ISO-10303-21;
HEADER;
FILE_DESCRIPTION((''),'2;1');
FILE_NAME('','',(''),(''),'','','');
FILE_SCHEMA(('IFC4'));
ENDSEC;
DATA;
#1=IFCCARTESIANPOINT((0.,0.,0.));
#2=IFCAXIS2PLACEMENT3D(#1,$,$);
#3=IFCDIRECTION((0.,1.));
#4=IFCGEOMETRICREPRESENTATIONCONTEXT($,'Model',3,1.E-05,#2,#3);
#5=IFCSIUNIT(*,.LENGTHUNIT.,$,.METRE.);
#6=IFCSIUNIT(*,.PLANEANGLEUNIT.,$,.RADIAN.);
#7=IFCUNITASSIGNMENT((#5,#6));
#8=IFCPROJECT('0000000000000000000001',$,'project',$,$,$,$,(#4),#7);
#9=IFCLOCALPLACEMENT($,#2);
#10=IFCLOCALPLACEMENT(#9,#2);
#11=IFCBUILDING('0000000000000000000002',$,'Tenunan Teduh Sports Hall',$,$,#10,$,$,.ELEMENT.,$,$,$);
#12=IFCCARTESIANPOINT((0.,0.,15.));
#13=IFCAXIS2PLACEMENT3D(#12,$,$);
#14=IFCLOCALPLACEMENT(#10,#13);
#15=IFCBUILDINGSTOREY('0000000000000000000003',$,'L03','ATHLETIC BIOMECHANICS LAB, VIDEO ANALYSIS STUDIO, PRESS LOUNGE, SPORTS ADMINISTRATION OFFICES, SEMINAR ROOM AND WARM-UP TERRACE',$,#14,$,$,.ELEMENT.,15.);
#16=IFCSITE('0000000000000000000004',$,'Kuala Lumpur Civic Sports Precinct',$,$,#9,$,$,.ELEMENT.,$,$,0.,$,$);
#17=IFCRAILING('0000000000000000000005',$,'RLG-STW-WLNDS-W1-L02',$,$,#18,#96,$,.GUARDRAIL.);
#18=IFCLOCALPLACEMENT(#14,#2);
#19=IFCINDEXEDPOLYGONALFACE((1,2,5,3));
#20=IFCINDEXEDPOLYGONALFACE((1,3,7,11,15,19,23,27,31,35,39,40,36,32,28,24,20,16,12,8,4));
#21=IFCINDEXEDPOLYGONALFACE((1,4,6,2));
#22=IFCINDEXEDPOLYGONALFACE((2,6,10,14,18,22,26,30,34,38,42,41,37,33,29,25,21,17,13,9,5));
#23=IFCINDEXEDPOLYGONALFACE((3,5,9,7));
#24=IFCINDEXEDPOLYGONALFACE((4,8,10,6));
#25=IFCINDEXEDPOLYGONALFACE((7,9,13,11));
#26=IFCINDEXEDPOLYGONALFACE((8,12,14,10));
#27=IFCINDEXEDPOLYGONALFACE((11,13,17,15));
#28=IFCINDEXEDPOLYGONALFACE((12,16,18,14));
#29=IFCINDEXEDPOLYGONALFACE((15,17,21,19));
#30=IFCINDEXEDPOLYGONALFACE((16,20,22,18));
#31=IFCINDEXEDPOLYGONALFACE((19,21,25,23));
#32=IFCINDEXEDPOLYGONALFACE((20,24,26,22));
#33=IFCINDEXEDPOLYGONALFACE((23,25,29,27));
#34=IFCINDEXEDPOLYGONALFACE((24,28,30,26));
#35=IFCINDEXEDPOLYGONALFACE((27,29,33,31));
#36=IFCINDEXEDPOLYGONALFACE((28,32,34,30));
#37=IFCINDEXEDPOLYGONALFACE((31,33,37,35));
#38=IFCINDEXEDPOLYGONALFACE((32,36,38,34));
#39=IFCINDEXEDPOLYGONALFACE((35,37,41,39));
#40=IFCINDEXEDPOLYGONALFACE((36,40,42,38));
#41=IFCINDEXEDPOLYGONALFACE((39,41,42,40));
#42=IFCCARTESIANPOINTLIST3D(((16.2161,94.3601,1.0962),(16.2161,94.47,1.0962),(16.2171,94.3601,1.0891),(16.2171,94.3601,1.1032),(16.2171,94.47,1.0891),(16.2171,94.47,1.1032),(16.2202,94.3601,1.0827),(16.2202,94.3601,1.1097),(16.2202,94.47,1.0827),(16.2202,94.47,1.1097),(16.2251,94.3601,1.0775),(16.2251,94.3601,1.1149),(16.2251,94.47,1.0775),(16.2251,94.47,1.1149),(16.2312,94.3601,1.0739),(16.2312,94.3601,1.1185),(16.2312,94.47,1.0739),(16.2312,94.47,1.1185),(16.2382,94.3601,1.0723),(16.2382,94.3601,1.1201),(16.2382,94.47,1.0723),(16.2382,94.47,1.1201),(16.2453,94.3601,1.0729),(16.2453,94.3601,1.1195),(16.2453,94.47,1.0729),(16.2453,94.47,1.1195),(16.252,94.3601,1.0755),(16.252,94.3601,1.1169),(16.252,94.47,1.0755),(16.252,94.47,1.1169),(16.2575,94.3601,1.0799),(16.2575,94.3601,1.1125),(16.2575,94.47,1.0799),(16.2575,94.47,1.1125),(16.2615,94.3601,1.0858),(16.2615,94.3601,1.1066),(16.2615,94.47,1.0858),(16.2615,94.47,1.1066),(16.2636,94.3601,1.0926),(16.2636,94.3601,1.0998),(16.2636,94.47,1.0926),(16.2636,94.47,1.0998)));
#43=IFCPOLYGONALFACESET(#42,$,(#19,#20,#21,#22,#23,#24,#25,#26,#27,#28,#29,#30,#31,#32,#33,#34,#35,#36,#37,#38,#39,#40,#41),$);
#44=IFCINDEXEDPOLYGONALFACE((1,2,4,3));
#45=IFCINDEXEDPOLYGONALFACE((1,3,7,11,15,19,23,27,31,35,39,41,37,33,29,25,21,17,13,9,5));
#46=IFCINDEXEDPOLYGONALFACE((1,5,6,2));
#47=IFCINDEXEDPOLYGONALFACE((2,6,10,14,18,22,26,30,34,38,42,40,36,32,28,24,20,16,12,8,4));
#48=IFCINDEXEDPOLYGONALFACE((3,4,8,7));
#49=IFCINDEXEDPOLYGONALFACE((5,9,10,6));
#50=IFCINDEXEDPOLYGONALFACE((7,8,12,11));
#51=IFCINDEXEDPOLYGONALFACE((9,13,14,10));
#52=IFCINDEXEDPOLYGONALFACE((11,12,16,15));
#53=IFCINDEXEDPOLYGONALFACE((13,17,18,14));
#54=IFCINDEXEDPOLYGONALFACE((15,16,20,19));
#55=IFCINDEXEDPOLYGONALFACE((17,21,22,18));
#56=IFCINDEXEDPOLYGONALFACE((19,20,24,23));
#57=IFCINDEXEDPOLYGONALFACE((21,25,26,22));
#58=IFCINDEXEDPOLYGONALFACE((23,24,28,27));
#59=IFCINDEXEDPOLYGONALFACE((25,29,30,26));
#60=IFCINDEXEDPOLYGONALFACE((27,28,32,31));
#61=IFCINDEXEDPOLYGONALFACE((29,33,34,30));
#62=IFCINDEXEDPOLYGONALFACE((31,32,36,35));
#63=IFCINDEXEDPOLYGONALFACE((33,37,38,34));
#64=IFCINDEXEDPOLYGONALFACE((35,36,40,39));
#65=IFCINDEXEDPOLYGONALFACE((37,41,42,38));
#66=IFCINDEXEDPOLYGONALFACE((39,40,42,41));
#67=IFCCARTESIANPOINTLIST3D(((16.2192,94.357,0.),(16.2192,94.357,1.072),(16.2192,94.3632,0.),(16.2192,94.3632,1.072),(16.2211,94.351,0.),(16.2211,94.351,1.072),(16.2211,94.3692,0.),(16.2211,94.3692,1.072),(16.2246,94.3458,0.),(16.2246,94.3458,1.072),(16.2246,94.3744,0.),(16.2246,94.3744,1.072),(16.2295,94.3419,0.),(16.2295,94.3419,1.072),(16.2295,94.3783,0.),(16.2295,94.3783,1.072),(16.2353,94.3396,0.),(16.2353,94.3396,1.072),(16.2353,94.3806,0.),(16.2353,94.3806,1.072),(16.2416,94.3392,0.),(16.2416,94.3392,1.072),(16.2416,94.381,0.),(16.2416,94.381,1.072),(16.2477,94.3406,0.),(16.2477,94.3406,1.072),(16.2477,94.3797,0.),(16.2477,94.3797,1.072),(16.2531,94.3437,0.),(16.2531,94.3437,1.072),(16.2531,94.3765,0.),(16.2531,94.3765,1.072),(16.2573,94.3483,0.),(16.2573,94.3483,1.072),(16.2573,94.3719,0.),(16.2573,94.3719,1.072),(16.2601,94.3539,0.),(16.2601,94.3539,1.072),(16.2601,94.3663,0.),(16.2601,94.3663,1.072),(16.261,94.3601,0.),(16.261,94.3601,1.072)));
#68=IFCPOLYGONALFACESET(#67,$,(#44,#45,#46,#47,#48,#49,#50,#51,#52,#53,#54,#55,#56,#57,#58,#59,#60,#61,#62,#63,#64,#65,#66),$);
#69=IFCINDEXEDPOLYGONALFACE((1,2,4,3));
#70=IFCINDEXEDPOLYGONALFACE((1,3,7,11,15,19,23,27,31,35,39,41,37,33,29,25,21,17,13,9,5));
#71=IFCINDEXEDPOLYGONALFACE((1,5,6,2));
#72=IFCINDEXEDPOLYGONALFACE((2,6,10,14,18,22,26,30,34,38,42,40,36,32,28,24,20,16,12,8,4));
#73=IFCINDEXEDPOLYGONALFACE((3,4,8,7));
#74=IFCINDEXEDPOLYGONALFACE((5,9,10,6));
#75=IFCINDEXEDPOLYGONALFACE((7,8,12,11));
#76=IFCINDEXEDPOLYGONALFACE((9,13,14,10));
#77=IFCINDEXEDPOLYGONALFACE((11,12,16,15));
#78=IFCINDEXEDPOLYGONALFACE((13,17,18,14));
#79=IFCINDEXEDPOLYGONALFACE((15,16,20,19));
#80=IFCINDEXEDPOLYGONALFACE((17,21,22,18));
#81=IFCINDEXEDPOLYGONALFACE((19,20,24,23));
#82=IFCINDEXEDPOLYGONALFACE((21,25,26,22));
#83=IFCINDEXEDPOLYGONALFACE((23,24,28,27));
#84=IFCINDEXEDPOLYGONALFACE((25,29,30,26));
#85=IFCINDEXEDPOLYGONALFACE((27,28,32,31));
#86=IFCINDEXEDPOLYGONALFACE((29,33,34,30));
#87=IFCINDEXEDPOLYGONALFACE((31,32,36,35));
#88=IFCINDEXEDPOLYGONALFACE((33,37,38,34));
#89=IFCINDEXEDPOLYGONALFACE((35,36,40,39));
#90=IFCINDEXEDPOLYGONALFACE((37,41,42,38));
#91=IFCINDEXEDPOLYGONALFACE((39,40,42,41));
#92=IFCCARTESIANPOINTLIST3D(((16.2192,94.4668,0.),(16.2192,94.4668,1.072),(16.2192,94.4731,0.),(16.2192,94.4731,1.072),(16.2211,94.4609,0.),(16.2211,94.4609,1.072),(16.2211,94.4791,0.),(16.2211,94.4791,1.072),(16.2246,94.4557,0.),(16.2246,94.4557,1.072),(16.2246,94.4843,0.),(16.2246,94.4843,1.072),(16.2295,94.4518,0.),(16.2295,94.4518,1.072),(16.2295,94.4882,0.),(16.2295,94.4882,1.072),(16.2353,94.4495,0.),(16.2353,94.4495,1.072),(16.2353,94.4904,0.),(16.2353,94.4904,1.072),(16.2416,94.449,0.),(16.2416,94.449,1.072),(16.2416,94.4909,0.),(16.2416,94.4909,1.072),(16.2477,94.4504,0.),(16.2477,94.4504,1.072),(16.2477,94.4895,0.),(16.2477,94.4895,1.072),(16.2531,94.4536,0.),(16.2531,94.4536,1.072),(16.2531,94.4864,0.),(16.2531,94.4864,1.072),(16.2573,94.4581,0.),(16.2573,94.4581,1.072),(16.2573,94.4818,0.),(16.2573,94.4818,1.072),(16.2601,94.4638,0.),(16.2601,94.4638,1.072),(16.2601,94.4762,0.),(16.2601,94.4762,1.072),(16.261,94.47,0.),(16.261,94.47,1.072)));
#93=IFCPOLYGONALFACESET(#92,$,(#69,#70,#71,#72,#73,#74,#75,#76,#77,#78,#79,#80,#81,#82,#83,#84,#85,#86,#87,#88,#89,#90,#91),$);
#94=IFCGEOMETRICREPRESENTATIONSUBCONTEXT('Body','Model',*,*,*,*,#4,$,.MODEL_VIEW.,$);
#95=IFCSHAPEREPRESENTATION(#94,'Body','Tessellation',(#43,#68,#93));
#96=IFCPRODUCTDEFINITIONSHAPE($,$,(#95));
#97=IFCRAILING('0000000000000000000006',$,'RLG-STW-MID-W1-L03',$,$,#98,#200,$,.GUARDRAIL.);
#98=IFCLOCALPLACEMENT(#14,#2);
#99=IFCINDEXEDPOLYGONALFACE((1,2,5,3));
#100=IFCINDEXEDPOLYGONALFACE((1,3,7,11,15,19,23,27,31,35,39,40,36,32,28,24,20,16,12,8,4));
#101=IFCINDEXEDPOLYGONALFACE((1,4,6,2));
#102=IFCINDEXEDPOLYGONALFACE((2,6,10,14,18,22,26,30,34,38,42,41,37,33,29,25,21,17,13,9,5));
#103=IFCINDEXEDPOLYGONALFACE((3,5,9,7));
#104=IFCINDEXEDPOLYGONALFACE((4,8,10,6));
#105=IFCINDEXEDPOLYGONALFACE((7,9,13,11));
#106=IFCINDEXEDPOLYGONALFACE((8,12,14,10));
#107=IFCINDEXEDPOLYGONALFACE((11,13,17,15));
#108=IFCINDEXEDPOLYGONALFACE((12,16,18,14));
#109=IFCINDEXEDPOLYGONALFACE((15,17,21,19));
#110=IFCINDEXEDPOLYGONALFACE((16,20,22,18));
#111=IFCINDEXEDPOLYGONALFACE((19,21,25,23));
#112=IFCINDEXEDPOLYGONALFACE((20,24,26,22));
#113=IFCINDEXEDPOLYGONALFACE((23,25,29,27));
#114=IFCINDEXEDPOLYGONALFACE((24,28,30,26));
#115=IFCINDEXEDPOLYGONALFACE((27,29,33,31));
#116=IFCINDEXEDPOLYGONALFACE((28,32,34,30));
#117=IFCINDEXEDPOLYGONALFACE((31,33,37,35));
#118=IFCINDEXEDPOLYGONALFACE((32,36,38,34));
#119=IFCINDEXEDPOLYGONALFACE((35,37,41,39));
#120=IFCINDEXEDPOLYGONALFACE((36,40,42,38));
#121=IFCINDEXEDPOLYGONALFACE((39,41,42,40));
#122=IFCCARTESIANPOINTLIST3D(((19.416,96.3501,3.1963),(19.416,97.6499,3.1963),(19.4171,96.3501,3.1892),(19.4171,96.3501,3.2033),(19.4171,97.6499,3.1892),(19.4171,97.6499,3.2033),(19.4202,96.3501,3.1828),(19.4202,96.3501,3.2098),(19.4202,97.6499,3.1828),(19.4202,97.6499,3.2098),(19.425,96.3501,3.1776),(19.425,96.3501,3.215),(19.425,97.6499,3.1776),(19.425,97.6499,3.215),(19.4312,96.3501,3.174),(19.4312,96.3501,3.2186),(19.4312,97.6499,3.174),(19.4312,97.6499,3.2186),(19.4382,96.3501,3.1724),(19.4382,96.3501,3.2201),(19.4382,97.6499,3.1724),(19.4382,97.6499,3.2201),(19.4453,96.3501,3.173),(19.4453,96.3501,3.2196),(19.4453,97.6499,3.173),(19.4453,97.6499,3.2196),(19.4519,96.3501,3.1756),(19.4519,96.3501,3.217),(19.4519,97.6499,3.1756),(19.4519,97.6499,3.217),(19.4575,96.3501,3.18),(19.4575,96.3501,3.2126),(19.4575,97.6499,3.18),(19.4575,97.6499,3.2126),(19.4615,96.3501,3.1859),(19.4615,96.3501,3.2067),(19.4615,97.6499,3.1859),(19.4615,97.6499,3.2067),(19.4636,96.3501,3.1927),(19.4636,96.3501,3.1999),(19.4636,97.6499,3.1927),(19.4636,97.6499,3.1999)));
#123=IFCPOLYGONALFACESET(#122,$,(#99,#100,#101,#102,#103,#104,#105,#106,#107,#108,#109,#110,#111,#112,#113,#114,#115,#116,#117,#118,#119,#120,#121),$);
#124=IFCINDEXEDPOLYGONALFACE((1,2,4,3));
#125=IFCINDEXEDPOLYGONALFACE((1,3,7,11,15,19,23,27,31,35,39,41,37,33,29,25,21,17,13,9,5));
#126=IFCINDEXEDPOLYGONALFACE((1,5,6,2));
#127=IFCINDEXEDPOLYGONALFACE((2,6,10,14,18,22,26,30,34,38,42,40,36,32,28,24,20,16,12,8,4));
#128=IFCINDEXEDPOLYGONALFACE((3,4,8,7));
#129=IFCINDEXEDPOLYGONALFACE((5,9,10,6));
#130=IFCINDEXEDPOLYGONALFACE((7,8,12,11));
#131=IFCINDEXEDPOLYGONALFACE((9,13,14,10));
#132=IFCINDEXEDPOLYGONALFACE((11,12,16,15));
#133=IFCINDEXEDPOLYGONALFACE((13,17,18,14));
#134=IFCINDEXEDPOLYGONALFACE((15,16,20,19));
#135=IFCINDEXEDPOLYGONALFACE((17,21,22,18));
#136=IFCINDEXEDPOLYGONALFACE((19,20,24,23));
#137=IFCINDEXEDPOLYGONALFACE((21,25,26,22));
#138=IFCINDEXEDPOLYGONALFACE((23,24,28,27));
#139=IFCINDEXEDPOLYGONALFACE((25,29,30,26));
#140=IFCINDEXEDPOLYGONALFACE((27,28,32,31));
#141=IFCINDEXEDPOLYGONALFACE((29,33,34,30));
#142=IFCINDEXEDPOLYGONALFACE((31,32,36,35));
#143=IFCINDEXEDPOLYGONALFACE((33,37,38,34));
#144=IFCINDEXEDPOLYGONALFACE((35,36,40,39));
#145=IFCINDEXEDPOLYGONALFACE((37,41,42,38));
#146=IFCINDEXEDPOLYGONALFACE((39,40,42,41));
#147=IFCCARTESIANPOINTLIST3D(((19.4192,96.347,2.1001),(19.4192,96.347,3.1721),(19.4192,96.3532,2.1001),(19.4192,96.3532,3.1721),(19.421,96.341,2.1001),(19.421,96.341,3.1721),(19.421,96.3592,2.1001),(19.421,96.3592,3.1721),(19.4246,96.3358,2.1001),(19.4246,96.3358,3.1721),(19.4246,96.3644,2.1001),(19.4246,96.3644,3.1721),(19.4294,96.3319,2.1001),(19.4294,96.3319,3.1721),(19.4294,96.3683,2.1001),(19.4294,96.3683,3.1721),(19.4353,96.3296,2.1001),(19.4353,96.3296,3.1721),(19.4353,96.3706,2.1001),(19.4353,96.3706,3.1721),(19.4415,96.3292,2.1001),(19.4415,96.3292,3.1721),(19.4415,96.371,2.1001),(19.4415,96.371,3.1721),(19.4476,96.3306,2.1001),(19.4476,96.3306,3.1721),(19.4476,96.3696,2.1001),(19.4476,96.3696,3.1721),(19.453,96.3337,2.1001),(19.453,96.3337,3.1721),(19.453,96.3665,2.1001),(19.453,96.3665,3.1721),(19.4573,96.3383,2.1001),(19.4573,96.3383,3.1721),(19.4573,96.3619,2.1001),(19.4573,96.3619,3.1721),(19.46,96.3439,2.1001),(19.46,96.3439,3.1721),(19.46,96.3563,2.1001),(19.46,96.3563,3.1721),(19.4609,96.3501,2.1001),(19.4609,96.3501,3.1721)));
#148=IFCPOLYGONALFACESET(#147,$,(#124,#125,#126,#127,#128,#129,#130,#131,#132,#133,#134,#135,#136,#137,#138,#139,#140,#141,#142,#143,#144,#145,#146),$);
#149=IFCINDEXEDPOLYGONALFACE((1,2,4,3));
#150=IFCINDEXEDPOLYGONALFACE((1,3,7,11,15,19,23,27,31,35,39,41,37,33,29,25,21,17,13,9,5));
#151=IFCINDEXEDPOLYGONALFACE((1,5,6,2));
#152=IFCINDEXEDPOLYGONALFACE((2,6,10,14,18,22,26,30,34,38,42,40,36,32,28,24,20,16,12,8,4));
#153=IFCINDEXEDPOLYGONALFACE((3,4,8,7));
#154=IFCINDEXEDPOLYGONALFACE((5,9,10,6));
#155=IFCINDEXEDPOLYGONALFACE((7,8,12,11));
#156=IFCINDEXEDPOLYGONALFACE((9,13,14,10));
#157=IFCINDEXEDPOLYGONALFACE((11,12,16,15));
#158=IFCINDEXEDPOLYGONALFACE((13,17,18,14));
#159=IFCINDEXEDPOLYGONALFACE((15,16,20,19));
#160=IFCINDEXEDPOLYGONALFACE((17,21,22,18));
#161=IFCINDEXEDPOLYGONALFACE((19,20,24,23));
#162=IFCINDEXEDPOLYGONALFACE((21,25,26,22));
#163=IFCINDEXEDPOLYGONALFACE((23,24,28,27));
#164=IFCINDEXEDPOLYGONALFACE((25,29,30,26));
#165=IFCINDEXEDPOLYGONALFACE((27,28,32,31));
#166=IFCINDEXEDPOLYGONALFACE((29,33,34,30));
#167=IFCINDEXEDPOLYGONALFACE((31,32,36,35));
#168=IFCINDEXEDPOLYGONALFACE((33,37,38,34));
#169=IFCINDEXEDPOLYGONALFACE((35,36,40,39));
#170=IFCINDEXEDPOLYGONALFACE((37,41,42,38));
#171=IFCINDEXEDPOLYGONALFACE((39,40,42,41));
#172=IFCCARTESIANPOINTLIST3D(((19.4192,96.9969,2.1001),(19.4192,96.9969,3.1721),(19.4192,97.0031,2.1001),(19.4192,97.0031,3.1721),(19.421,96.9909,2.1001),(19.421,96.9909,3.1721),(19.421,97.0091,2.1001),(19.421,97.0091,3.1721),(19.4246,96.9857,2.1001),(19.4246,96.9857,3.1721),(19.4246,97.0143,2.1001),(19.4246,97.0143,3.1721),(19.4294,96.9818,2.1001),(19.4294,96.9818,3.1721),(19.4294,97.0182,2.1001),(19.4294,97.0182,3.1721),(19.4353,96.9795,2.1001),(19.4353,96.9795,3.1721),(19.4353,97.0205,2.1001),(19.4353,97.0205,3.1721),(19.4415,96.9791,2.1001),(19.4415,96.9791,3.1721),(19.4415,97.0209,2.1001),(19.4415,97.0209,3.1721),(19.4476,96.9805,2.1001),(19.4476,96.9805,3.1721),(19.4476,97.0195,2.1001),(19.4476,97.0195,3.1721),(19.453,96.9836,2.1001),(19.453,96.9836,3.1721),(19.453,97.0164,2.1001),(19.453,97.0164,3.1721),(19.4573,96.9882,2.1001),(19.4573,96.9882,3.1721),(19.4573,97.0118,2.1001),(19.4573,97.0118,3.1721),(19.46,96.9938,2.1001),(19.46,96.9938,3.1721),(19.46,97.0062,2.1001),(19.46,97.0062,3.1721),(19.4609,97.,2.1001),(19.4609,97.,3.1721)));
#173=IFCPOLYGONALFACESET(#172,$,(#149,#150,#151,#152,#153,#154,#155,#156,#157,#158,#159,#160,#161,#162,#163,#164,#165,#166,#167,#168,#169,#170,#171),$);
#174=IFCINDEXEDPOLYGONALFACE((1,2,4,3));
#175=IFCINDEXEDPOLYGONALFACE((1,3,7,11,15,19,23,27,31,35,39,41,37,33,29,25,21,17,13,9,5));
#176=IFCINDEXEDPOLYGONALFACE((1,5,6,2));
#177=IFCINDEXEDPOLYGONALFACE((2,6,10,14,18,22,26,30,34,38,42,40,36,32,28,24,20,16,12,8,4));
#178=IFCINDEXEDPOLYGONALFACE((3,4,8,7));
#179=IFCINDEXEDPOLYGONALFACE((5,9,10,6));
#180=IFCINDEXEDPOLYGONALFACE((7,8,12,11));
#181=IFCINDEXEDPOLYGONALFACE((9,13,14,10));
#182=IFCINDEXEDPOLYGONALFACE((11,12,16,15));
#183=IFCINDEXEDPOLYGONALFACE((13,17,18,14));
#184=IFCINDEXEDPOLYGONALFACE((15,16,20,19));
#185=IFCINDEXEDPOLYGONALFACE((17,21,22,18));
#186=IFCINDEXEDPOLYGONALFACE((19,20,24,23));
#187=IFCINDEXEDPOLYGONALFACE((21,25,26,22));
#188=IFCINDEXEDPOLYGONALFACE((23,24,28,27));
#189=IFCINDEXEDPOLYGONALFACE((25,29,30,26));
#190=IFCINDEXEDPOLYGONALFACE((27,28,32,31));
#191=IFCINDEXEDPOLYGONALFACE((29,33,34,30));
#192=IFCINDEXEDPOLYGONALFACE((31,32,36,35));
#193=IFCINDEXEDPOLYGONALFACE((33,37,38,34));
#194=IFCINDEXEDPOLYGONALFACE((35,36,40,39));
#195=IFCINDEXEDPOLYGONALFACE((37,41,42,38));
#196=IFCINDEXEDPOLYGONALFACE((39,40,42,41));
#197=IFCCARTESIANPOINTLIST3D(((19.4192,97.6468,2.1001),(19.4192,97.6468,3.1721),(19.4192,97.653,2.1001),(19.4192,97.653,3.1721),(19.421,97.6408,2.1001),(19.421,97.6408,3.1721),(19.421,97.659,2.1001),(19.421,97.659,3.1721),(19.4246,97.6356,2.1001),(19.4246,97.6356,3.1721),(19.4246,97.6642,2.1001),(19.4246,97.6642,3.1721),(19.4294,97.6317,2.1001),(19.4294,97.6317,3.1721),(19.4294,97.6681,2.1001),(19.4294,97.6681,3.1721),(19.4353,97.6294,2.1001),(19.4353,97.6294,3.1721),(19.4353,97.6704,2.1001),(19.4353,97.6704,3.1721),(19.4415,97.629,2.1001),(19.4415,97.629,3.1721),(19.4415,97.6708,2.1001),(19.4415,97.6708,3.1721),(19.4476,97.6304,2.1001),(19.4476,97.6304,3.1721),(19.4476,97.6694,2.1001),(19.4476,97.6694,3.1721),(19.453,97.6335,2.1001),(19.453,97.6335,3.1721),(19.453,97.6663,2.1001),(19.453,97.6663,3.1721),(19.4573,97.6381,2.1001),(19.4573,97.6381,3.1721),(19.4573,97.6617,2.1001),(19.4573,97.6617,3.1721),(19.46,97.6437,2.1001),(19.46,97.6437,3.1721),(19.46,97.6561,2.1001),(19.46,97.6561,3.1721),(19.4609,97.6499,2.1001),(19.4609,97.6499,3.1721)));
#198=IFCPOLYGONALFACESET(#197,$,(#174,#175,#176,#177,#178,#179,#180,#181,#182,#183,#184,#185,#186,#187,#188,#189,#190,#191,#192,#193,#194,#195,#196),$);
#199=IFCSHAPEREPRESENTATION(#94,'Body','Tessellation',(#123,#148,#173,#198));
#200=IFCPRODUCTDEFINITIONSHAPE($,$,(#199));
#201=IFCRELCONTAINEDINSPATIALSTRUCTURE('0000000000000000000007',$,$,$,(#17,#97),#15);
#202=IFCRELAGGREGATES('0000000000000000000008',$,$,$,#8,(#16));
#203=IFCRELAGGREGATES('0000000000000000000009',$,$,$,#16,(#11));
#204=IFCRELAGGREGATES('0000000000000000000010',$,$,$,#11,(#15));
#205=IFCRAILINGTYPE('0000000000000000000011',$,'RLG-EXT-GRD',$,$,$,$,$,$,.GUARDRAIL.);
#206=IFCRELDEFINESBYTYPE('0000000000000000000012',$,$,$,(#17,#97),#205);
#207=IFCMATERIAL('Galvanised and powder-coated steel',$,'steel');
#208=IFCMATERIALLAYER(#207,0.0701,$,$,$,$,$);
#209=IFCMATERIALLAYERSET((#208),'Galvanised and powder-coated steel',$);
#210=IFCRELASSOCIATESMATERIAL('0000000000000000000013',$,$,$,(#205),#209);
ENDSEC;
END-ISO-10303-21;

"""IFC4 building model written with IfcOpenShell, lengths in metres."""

from ifc_helpers import new_model, si_unit, direction, frame, origin, origin_2d, place, context, subcontext, project, spatial, circle, extrude, material, layer, layer_set, type_object, element, save


model = new_model("IFC4")

# Units and contexts
model_context = context("Model", 3, precision=1e-05, world=origin(), true_north=direction((0.0, 1.0)))
body_context = subcontext(model_context, "Body", "Model", "MODEL_VIEW")
ifc_project = project(units=[si_unit("LENGTHUNIT", "METRE"), si_unit("PLANEANGLEUNIT", "RADIAN")], contexts=[model_context])

# Site, building, storey
site_placement = place(None, origin())
site = spatial("IfcSite", under=ifc_project, at=site_placement, Name="Kuala Lumpur Civic Sports Precinct", CompositionType="ELEMENT", RefElevation=0.0)
building_placement = place(site_placement, origin())
building = spatial("IfcBuilding", under=site, at=building_placement, Name="Tenunan Teduh Sports Hall", CompositionType="ELEMENT")
storey_placement = place(building_placement, frame((0.0, 0.0, 15.0)))
storey = spatial("IfcBuildingStorey", under=building, at=storey_placement, Name="L03", Description="ATHLETIC BIOMECHANICS LAB, VIDEO ANALYSIS STUDIO, PRESS LOUNGE, SPORTS ADMINISTRATION OFFICES, SEMINAR ROOM AND WARM-UP TERRACE", CompositionType="ELEMENT", Elevation=15.0)

# Railings
ifc_material_1 = material(Name="Galvanised and powder-coated steel", Category="steel")
ifc_layer_1 = layer(ifc_material_1, 0.0701)
ifc_layer_set_1 = layer_set([ifc_layer_1], Name="Galvanised and powder-coated steel")
railing_type_1 = type_object("IfcRailingType", Name="RLG-EXT-GRD", PredefinedType="GUARDRAIL", material=ifc_layer_set_1)
railing_1_placement = place(storey_placement, frame((16.24, 94.3601, 0.0)))
element("IfcRailing", 1, at=railing_1_placement, inside=storey, type_object=railing_type_1, Name="RLG-STW-WLNDS-W1-L02", PredefinedType="GUARDRAIL", context=body_context, shape_type="SweptSolid", body=[
    extrude(circle(Radius=0.0239, at=origin_2d()), frame((0.0, 0.0, 1.0962), z_axis=(0.0, 1.0, 0.0), x_axis=(-1.0, 0.0, 0.0)), (0.0, 0.0, 1.0), 0.1099),
    extrude(circle(Radius=0.021, at=origin_2d()), origin(), (0.0, 0.0, 1.0), 1.072),
    extrude(circle(Radius=0.021, at=origin_2d()), frame((0.0, 0.1099, 0.0)), (0.0, 0.0, 1.0), 1.072),
])
railing_2_placement = place(storey_placement, frame((19.4399, 96.3501, 2.1001)))
element("IfcRailing", 2, at=railing_2_placement, inside=storey, type_object=railing_type_1, Name="RLG-STW-MID-W1-L03", PredefinedType="GUARDRAIL", context=body_context, shape_type="SweptSolid", body=[
    extrude(circle(Radius=0.0239, at=origin_2d()), frame((0.0, 0.0, 1.0962), z_axis=(0.0, 1.0, 0.0), x_axis=(-1.0, 0.0, 0.0)), (0.0, 0.0, 1.0), 1.2998),
    extrude(circle(Radius=0.021, at=origin_2d()), origin(), (0.0, 0.0, 1.0), 1.072),
    extrude(circle(Radius=0.021, at=origin_2d()), frame((0.0, 0.6499, 0.0)), (0.0, 0.0, 1.0), 1.072),
    extrude(circle(Radius=0.021, at=origin_2d()), frame((0.0, 1.2998, 0.0)), (0.0, 0.0, 1.0), 1.072),
])

save(model, "model.ifc")
